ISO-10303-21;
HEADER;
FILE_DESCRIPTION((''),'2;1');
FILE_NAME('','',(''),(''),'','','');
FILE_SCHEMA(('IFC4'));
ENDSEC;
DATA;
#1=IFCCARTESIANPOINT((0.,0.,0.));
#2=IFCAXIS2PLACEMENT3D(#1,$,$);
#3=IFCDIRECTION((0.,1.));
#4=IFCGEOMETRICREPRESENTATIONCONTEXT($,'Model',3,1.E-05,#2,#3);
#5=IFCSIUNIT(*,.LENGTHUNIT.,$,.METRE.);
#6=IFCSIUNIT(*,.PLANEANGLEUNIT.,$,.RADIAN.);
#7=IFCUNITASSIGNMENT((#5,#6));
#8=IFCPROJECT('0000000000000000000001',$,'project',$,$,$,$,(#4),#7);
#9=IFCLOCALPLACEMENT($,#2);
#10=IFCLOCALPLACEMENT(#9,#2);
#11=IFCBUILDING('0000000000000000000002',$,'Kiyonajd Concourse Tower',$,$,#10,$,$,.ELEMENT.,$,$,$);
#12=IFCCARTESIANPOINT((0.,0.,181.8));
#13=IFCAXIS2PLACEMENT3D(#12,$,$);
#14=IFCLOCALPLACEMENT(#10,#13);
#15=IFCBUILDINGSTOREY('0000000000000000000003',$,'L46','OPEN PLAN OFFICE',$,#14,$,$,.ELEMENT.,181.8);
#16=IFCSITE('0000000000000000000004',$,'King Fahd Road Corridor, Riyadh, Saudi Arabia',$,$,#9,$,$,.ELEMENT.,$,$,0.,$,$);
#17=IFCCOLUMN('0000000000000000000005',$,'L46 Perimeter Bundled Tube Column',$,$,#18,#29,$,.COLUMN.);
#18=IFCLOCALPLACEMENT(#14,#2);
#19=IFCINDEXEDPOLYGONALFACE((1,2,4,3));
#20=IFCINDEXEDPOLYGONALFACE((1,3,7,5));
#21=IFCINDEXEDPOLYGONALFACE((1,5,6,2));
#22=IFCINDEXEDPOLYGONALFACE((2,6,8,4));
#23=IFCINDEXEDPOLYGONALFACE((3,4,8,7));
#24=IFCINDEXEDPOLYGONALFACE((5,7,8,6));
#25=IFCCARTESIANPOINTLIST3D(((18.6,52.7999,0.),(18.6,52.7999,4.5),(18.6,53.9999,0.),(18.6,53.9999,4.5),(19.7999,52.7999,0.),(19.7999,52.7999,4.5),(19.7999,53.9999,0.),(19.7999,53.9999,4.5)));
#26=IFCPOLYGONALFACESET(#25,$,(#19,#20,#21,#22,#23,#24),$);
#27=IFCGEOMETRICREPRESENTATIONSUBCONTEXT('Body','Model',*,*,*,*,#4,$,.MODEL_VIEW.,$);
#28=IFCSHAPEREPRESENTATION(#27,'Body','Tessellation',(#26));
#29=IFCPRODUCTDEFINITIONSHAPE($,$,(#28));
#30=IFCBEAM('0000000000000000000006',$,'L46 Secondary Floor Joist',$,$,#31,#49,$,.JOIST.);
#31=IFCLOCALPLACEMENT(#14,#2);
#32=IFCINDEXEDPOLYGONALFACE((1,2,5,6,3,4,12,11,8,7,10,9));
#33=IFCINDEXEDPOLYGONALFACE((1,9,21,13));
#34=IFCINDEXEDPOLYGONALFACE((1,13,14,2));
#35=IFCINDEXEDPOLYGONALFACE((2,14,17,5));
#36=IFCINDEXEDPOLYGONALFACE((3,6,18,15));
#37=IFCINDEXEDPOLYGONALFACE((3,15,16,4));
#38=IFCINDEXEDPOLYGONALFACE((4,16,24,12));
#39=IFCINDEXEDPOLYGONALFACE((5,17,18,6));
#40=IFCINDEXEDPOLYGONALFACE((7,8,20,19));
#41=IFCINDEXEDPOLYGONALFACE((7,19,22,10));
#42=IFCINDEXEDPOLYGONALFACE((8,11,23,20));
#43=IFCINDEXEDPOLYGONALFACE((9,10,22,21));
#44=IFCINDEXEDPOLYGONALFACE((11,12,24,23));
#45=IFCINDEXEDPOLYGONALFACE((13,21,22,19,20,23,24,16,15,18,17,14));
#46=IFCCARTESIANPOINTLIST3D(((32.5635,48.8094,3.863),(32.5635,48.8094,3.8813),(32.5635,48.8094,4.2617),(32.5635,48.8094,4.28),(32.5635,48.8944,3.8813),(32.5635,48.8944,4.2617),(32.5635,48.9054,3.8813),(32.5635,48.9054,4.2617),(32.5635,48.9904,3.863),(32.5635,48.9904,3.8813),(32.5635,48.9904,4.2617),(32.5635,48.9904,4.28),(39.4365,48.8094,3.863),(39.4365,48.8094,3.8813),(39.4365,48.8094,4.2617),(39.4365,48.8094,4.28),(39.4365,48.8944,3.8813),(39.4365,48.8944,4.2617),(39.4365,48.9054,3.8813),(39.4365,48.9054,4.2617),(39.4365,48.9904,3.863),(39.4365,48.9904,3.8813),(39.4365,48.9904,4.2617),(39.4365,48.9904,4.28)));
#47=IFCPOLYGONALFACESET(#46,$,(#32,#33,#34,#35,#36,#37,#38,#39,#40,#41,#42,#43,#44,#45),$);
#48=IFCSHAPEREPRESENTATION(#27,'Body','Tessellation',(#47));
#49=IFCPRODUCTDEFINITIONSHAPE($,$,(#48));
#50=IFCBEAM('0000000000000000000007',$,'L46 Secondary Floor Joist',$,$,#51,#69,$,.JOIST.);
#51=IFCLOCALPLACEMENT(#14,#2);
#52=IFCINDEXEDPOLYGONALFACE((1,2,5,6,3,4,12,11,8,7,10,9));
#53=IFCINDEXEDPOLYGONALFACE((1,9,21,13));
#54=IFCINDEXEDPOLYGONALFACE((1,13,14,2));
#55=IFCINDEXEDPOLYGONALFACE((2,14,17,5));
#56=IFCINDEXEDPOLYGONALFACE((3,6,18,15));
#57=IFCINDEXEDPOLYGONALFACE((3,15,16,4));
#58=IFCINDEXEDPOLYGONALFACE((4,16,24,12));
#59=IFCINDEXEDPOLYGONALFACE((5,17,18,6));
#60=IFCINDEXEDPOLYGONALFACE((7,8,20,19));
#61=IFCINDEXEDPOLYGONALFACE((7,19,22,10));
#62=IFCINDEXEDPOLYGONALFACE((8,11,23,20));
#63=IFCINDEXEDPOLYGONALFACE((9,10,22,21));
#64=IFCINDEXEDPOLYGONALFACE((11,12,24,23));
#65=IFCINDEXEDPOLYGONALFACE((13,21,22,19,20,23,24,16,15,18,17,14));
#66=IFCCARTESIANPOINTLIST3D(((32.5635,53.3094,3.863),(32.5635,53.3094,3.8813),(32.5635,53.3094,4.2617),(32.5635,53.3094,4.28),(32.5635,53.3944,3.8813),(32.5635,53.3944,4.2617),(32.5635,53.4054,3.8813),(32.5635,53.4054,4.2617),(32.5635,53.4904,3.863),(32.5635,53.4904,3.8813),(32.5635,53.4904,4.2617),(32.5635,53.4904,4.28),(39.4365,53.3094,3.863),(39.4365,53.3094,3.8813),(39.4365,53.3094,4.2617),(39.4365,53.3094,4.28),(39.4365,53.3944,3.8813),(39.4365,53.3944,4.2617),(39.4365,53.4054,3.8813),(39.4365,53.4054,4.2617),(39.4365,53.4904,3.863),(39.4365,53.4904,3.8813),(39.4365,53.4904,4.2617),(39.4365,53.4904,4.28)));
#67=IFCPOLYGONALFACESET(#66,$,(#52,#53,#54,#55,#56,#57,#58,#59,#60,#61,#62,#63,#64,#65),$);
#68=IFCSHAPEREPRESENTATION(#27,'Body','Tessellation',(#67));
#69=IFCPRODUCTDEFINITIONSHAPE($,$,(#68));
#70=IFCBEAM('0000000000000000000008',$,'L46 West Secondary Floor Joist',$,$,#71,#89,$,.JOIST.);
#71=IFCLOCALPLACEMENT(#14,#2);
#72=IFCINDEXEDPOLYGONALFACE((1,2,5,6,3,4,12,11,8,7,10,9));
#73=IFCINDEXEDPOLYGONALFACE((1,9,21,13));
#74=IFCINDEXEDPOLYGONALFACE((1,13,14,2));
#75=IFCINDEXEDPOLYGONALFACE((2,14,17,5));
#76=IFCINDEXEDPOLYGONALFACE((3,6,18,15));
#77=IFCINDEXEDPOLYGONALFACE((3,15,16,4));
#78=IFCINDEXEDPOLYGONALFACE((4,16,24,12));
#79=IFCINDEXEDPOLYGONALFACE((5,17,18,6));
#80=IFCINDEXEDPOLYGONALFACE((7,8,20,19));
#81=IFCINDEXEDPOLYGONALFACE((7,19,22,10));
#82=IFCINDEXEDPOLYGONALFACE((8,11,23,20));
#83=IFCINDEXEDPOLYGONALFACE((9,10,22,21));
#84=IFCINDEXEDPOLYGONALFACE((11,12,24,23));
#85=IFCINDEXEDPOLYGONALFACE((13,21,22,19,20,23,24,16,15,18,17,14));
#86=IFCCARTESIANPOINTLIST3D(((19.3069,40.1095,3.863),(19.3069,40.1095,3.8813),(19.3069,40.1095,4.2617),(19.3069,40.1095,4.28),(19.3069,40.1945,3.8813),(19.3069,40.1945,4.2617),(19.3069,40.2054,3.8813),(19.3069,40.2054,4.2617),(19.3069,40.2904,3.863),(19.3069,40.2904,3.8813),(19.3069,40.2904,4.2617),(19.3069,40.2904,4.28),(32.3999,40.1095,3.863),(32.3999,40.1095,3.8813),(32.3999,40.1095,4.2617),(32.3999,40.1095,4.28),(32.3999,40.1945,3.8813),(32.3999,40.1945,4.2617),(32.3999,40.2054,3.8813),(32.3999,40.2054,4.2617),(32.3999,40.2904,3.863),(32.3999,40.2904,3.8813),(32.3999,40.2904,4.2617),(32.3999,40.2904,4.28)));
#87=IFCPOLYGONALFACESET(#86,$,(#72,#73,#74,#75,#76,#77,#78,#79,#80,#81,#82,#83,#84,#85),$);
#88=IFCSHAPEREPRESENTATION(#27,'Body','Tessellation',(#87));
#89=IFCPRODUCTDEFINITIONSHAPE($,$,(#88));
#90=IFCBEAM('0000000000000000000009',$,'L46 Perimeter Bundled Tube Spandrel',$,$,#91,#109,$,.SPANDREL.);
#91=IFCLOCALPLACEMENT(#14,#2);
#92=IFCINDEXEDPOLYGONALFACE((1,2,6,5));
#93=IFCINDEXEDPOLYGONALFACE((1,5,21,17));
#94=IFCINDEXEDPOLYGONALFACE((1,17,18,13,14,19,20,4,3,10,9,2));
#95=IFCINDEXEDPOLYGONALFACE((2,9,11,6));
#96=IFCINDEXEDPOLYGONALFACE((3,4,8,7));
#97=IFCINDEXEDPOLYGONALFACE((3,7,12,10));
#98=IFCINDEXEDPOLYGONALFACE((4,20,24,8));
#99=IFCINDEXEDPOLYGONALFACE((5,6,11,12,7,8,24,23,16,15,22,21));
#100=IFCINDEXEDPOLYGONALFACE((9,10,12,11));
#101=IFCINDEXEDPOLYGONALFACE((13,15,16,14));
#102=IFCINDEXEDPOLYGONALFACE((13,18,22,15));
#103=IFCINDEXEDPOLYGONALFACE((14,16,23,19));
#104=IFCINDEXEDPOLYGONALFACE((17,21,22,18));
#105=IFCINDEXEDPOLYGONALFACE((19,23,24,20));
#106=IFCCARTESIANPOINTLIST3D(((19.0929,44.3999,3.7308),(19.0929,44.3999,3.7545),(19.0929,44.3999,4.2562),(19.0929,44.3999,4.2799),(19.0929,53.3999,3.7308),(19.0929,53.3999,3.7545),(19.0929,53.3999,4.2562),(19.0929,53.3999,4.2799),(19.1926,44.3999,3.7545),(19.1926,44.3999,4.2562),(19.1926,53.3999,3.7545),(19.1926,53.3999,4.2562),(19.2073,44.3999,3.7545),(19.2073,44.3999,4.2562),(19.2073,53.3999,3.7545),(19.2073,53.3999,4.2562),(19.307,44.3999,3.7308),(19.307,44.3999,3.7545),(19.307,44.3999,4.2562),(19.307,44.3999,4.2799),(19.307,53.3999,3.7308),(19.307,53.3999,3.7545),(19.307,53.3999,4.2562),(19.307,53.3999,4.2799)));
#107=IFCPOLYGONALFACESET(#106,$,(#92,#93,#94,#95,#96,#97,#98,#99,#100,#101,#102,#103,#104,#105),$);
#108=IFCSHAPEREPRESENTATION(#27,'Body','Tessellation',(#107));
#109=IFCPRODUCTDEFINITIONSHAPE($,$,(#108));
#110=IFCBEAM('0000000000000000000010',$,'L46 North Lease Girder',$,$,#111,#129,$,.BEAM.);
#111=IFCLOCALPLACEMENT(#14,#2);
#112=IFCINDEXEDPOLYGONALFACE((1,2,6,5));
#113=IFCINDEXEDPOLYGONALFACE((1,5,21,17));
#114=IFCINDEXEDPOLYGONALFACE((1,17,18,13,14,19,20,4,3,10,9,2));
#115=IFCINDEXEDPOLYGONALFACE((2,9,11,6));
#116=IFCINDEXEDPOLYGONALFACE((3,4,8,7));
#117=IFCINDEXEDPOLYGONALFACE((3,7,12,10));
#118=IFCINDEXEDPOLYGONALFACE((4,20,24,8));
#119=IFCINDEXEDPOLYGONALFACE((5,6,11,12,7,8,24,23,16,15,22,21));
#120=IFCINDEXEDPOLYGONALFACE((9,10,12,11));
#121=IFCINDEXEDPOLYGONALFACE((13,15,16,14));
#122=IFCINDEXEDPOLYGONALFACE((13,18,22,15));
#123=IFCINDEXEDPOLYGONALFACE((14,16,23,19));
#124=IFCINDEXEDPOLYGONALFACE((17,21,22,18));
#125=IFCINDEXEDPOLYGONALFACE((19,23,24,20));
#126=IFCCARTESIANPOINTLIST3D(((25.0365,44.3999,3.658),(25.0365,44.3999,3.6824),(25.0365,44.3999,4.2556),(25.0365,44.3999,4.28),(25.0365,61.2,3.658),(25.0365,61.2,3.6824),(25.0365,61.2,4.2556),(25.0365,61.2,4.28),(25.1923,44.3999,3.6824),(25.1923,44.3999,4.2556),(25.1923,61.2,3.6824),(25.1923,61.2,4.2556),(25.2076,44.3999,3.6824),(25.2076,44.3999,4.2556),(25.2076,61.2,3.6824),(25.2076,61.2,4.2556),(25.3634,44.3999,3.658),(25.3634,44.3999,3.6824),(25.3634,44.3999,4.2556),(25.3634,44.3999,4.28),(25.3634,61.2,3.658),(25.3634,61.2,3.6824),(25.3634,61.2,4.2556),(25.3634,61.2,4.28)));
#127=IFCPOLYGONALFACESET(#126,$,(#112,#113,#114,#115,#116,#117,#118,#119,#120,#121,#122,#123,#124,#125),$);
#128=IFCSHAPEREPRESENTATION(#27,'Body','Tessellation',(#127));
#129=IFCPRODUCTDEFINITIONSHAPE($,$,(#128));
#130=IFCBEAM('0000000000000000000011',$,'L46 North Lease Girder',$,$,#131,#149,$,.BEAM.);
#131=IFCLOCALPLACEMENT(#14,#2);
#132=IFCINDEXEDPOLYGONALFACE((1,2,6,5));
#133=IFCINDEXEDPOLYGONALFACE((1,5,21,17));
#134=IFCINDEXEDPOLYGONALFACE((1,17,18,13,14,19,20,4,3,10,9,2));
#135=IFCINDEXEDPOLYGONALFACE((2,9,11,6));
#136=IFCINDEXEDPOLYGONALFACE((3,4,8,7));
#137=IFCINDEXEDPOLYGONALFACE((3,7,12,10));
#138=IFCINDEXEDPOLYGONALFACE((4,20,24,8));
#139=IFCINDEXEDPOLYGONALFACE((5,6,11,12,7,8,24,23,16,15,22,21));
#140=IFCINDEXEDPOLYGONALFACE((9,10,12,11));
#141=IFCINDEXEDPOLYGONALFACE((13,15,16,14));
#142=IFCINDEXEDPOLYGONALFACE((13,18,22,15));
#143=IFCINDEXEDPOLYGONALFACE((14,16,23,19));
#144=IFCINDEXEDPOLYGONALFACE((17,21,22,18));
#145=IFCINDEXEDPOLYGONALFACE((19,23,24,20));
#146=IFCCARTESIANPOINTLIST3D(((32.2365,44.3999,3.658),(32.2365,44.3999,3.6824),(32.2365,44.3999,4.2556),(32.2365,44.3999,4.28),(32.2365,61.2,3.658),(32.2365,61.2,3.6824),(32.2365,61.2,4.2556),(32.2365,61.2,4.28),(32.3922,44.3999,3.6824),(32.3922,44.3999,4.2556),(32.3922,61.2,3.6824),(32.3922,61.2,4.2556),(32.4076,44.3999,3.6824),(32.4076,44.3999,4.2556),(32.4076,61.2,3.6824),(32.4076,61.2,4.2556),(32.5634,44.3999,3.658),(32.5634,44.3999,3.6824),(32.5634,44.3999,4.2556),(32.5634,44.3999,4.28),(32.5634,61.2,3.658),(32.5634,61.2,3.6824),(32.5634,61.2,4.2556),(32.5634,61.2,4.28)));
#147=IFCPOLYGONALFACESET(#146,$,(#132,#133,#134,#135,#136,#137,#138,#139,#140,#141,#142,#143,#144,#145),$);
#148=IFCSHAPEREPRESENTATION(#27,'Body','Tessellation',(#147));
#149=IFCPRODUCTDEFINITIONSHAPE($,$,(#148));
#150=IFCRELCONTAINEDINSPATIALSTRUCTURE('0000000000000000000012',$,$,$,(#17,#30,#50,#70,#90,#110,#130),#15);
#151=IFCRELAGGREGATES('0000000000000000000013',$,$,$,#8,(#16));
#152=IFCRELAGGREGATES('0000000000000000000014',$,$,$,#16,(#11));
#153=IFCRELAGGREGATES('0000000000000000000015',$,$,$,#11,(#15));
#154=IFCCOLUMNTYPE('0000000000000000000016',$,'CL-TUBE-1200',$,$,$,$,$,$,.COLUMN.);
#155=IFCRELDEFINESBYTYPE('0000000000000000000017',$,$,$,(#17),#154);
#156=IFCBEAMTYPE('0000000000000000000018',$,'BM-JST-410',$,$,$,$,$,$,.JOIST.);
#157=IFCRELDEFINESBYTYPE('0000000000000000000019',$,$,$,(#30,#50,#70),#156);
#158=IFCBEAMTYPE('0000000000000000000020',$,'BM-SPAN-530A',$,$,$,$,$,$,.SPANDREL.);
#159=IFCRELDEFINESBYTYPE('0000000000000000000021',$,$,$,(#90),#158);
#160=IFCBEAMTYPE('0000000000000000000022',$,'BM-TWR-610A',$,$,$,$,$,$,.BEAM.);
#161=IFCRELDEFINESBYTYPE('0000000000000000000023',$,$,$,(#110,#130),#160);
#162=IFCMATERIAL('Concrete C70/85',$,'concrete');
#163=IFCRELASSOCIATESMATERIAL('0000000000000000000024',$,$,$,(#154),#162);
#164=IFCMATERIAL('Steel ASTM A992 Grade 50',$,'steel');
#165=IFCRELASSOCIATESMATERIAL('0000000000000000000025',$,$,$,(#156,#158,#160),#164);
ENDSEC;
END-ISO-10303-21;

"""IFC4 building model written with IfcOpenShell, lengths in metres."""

from ifc_helpers import new_model, si_unit, direction, frame, origin, origin_2d, place, context, subcontext, project, spatial, rectangle, i_section, extrude, material, material_profile, profile_set, type_object, element, save


model = new_model("IFC4")

# Units and contexts
model_context = context("Model", 3, precision=1e-05, world=origin(), true_north=direction((0.0, 1.0)))
body_context = subcontext(model_context, "Body", "Model", "MODEL_VIEW")
ifc_project = project(units=[si_unit("LENGTHUNIT", "METRE"), si_unit("PLANEANGLEUNIT", "RADIAN")], contexts=[model_context])

# Site, building, storey
site_placement = place(None, origin())
site = spatial("IfcSite", under=ifc_project, at=site_placement, Name="King Fahd Road Corridor, Riyadh, Saudi Arabia", CompositionType="ELEMENT", RefElevation=0.0)
building_placement = place(site_placement, origin())
building = spatial("IfcBuilding", under=site, at=building_placement, Name="Kiyonajd Concourse Tower", CompositionType="ELEMENT")
storey_placement = place(building_placement, frame((0.0, 0.0, 181.8)))
storey = spatial("IfcBuildingStorey", under=building, at=storey_placement, Name="L46", Description="OPEN PLAN OFFICE", CompositionType="ELEMENT", Elevation=181.8)

# Column
ifc_material_1 = material(Name="Concrete C70/85", Category="concrete")
ifc_material_profile_1 = material_profile(ifc_material_1, rectangle(XDim=1.2, YDim=1.2, at=origin_2d()), Name="RC-1200x1200")
ifc_profile_set_1 = profile_set([ifc_material_profile_1], Name="Concrete C70/85")
column_type = type_object("IfcColumnType", Name="CL-TUBE-1200", PredefinedType="COLUMN", material=ifc_profile_set_1)
column_placement = place(storey_placement, frame((19.2, 53.3999, 0.0), z_axis=(0.0, 0.0, 1.0), x_axis=(1.0, 0.0, 0.0)))
element("IfcColumn", 1, at=column_placement, inside=storey, type_object=column_type, Name="L46 Perimeter Bundled Tube Column", PredefinedType="COLUMN", context=body_context, shape_type="SweptSolid", body=[
    extrude(rectangle(XDim=1.2, YDim=1.2, at=origin_2d()), origin(), (0.0, 0.0, 1.0), 4.5),
])

# Beams
ifc_material_2 = material(Name="Steel ASTM A992 Grade 50", Category="steel")
ifc_material_profile_2 = material_profile(ifc_material_2, i_section(OverallWidth=0.1809, OverallDepth=0.417, WebThickness=0.011, FlangeThickness=0.0183, at=origin_2d()), Name="W410X85")
ifc_profile_set_2 = profile_set([ifc_material_profile_2], Name="Steel ASTM A992 Grade 50")
beam_type_1 = type_object("IfcBeamType", Name="BM-JST-410", PredefinedType="JOIST", material=ifc_profile_set_2)
for number, where, z_axis, x_axis, name in (
    (2, (32.5635, 48.8999, 4.0715), (1.0, 0.0, 0.0), (0.0, 1.0, 0.0), "L46 Secondary Floor Joist"),
    (3, (32.5635, 53.3999, 4.0715), (1.0, 0.0, 0.0), (0.0, 1.0, 0.0), "L46 Secondary Floor Joist"),
):
    element("IfcBeam", number, at=place(storey_placement, frame(where, z_axis=z_axis, x_axis=x_axis)), inside=storey, type_object=beam_type_1, Name=name, PredefinedType="JOIST", context=body_context, shape_type="SweptSolid", body=[
        extrude(i_section(OverallWidth=0.1809, OverallDepth=0.417, WebThickness=0.011, FlangeThickness=0.0183, at=origin_2d()), origin(), (0.0, 0.0, 1.0), 6.873),
    ])
beam_1_placement = place(storey_placement, frame((19.3069, 40.2, 4.0715), z_axis=(1.0, 0.0, 0.0), x_axis=(0.0, 1.0, 0.0)))
element("IfcBeam", 4, at=beam_1_placement, inside=storey, type_object=beam_type_1, Name="L46 West Secondary Floor Joist", PredefinedType="JOIST", context=body_context, shape_type="SweptSolid", body=[
    extrude(i_section(OverallWidth=0.1809, OverallDepth=0.417, WebThickness=0.011, FlangeThickness=0.0183, at=origin_2d()), origin(), (0.0, 0.0, 1.0), 13.093),
])
ifc_material_profile_3 = material_profile(ifc_material_2, i_section(OverallWidth=0.2141, OverallDepth=0.5491, WebThickness=0.0146, FlangeThickness=0.0237, at=origin_2d()), Name="W530X138")
ifc_profile_set_3 = profile_set([ifc_material_profile_3], Name="Steel ASTM A992 Grade 50")
beam_type_2 = type_object("IfcBeamType", Name="BM-SPAN-530A", PredefinedType="SPANDREL", material=ifc_profile_set_3)
beam_2_placement = place(storey_placement, frame((19.2, 53.3999, 4.0054), z_axis=(0.0, -1.0, 0.0), x_axis=(1.0, 0.0, 0.0)))
element("IfcBeam", 5, at=beam_2_placement, inside=storey, type_object=beam_type_2, Name="L46 Perimeter Bundled Tube Spandrel", PredefinedType="SPANDREL", context=body_context, shape_type="SweptSolid", body=[
    extrude(i_section(OverallWidth=0.2141, OverallDepth=0.5491, WebThickness=0.0146, FlangeThickness=0.0237, at=origin_2d()), origin(), (0.0, 0.0, 1.0), 9.0),
])
ifc_material_profile_4 = material_profile(ifc_material_2, i_section(OverallWidth=0.3269, OverallDepth=0.6221, WebThickness=0.0154, FlangeThickness=0.0244, at=origin_2d()), Name="W610X195")
ifc_profile_set_4 = profile_set([ifc_material_profile_4], Name="Steel ASTM A992 Grade 50")
beam_type_3 = type_object("IfcBeamType", Name="BM-TWR-610A", PredefinedType="BEAM", material=ifc_profile_set_4)
for number, where, z_axis, x_axis, name in (
    (6, (25.2, 44.3999, 3.969), (0.0, 1.0, 0.0), (-1.0, 0.0, 0.0), "L46 North Lease Girder"),
    (7, (32.3999, 44.3999, 3.969), (0.0, 1.0, 0.0), (-1.0, 0.0, 0.0), "L46 North Lease Girder"),
):
    element("IfcBeam", number, at=place(storey_placement, frame(where, z_axis=z_axis, x_axis=x_axis)), inside=storey, type_object=beam_type_3, Name=name, PredefinedType="BEAM", context=body_context, shape_type="SweptSolid", body=[
        extrude(i_section(OverallWidth=0.3269, OverallDepth=0.6221, WebThickness=0.0154, FlangeThickness=0.0244, at=origin_2d()), origin(), (0.0, 0.0, 1.0), 16.8),
    ])

save(model, "model.ifc")
